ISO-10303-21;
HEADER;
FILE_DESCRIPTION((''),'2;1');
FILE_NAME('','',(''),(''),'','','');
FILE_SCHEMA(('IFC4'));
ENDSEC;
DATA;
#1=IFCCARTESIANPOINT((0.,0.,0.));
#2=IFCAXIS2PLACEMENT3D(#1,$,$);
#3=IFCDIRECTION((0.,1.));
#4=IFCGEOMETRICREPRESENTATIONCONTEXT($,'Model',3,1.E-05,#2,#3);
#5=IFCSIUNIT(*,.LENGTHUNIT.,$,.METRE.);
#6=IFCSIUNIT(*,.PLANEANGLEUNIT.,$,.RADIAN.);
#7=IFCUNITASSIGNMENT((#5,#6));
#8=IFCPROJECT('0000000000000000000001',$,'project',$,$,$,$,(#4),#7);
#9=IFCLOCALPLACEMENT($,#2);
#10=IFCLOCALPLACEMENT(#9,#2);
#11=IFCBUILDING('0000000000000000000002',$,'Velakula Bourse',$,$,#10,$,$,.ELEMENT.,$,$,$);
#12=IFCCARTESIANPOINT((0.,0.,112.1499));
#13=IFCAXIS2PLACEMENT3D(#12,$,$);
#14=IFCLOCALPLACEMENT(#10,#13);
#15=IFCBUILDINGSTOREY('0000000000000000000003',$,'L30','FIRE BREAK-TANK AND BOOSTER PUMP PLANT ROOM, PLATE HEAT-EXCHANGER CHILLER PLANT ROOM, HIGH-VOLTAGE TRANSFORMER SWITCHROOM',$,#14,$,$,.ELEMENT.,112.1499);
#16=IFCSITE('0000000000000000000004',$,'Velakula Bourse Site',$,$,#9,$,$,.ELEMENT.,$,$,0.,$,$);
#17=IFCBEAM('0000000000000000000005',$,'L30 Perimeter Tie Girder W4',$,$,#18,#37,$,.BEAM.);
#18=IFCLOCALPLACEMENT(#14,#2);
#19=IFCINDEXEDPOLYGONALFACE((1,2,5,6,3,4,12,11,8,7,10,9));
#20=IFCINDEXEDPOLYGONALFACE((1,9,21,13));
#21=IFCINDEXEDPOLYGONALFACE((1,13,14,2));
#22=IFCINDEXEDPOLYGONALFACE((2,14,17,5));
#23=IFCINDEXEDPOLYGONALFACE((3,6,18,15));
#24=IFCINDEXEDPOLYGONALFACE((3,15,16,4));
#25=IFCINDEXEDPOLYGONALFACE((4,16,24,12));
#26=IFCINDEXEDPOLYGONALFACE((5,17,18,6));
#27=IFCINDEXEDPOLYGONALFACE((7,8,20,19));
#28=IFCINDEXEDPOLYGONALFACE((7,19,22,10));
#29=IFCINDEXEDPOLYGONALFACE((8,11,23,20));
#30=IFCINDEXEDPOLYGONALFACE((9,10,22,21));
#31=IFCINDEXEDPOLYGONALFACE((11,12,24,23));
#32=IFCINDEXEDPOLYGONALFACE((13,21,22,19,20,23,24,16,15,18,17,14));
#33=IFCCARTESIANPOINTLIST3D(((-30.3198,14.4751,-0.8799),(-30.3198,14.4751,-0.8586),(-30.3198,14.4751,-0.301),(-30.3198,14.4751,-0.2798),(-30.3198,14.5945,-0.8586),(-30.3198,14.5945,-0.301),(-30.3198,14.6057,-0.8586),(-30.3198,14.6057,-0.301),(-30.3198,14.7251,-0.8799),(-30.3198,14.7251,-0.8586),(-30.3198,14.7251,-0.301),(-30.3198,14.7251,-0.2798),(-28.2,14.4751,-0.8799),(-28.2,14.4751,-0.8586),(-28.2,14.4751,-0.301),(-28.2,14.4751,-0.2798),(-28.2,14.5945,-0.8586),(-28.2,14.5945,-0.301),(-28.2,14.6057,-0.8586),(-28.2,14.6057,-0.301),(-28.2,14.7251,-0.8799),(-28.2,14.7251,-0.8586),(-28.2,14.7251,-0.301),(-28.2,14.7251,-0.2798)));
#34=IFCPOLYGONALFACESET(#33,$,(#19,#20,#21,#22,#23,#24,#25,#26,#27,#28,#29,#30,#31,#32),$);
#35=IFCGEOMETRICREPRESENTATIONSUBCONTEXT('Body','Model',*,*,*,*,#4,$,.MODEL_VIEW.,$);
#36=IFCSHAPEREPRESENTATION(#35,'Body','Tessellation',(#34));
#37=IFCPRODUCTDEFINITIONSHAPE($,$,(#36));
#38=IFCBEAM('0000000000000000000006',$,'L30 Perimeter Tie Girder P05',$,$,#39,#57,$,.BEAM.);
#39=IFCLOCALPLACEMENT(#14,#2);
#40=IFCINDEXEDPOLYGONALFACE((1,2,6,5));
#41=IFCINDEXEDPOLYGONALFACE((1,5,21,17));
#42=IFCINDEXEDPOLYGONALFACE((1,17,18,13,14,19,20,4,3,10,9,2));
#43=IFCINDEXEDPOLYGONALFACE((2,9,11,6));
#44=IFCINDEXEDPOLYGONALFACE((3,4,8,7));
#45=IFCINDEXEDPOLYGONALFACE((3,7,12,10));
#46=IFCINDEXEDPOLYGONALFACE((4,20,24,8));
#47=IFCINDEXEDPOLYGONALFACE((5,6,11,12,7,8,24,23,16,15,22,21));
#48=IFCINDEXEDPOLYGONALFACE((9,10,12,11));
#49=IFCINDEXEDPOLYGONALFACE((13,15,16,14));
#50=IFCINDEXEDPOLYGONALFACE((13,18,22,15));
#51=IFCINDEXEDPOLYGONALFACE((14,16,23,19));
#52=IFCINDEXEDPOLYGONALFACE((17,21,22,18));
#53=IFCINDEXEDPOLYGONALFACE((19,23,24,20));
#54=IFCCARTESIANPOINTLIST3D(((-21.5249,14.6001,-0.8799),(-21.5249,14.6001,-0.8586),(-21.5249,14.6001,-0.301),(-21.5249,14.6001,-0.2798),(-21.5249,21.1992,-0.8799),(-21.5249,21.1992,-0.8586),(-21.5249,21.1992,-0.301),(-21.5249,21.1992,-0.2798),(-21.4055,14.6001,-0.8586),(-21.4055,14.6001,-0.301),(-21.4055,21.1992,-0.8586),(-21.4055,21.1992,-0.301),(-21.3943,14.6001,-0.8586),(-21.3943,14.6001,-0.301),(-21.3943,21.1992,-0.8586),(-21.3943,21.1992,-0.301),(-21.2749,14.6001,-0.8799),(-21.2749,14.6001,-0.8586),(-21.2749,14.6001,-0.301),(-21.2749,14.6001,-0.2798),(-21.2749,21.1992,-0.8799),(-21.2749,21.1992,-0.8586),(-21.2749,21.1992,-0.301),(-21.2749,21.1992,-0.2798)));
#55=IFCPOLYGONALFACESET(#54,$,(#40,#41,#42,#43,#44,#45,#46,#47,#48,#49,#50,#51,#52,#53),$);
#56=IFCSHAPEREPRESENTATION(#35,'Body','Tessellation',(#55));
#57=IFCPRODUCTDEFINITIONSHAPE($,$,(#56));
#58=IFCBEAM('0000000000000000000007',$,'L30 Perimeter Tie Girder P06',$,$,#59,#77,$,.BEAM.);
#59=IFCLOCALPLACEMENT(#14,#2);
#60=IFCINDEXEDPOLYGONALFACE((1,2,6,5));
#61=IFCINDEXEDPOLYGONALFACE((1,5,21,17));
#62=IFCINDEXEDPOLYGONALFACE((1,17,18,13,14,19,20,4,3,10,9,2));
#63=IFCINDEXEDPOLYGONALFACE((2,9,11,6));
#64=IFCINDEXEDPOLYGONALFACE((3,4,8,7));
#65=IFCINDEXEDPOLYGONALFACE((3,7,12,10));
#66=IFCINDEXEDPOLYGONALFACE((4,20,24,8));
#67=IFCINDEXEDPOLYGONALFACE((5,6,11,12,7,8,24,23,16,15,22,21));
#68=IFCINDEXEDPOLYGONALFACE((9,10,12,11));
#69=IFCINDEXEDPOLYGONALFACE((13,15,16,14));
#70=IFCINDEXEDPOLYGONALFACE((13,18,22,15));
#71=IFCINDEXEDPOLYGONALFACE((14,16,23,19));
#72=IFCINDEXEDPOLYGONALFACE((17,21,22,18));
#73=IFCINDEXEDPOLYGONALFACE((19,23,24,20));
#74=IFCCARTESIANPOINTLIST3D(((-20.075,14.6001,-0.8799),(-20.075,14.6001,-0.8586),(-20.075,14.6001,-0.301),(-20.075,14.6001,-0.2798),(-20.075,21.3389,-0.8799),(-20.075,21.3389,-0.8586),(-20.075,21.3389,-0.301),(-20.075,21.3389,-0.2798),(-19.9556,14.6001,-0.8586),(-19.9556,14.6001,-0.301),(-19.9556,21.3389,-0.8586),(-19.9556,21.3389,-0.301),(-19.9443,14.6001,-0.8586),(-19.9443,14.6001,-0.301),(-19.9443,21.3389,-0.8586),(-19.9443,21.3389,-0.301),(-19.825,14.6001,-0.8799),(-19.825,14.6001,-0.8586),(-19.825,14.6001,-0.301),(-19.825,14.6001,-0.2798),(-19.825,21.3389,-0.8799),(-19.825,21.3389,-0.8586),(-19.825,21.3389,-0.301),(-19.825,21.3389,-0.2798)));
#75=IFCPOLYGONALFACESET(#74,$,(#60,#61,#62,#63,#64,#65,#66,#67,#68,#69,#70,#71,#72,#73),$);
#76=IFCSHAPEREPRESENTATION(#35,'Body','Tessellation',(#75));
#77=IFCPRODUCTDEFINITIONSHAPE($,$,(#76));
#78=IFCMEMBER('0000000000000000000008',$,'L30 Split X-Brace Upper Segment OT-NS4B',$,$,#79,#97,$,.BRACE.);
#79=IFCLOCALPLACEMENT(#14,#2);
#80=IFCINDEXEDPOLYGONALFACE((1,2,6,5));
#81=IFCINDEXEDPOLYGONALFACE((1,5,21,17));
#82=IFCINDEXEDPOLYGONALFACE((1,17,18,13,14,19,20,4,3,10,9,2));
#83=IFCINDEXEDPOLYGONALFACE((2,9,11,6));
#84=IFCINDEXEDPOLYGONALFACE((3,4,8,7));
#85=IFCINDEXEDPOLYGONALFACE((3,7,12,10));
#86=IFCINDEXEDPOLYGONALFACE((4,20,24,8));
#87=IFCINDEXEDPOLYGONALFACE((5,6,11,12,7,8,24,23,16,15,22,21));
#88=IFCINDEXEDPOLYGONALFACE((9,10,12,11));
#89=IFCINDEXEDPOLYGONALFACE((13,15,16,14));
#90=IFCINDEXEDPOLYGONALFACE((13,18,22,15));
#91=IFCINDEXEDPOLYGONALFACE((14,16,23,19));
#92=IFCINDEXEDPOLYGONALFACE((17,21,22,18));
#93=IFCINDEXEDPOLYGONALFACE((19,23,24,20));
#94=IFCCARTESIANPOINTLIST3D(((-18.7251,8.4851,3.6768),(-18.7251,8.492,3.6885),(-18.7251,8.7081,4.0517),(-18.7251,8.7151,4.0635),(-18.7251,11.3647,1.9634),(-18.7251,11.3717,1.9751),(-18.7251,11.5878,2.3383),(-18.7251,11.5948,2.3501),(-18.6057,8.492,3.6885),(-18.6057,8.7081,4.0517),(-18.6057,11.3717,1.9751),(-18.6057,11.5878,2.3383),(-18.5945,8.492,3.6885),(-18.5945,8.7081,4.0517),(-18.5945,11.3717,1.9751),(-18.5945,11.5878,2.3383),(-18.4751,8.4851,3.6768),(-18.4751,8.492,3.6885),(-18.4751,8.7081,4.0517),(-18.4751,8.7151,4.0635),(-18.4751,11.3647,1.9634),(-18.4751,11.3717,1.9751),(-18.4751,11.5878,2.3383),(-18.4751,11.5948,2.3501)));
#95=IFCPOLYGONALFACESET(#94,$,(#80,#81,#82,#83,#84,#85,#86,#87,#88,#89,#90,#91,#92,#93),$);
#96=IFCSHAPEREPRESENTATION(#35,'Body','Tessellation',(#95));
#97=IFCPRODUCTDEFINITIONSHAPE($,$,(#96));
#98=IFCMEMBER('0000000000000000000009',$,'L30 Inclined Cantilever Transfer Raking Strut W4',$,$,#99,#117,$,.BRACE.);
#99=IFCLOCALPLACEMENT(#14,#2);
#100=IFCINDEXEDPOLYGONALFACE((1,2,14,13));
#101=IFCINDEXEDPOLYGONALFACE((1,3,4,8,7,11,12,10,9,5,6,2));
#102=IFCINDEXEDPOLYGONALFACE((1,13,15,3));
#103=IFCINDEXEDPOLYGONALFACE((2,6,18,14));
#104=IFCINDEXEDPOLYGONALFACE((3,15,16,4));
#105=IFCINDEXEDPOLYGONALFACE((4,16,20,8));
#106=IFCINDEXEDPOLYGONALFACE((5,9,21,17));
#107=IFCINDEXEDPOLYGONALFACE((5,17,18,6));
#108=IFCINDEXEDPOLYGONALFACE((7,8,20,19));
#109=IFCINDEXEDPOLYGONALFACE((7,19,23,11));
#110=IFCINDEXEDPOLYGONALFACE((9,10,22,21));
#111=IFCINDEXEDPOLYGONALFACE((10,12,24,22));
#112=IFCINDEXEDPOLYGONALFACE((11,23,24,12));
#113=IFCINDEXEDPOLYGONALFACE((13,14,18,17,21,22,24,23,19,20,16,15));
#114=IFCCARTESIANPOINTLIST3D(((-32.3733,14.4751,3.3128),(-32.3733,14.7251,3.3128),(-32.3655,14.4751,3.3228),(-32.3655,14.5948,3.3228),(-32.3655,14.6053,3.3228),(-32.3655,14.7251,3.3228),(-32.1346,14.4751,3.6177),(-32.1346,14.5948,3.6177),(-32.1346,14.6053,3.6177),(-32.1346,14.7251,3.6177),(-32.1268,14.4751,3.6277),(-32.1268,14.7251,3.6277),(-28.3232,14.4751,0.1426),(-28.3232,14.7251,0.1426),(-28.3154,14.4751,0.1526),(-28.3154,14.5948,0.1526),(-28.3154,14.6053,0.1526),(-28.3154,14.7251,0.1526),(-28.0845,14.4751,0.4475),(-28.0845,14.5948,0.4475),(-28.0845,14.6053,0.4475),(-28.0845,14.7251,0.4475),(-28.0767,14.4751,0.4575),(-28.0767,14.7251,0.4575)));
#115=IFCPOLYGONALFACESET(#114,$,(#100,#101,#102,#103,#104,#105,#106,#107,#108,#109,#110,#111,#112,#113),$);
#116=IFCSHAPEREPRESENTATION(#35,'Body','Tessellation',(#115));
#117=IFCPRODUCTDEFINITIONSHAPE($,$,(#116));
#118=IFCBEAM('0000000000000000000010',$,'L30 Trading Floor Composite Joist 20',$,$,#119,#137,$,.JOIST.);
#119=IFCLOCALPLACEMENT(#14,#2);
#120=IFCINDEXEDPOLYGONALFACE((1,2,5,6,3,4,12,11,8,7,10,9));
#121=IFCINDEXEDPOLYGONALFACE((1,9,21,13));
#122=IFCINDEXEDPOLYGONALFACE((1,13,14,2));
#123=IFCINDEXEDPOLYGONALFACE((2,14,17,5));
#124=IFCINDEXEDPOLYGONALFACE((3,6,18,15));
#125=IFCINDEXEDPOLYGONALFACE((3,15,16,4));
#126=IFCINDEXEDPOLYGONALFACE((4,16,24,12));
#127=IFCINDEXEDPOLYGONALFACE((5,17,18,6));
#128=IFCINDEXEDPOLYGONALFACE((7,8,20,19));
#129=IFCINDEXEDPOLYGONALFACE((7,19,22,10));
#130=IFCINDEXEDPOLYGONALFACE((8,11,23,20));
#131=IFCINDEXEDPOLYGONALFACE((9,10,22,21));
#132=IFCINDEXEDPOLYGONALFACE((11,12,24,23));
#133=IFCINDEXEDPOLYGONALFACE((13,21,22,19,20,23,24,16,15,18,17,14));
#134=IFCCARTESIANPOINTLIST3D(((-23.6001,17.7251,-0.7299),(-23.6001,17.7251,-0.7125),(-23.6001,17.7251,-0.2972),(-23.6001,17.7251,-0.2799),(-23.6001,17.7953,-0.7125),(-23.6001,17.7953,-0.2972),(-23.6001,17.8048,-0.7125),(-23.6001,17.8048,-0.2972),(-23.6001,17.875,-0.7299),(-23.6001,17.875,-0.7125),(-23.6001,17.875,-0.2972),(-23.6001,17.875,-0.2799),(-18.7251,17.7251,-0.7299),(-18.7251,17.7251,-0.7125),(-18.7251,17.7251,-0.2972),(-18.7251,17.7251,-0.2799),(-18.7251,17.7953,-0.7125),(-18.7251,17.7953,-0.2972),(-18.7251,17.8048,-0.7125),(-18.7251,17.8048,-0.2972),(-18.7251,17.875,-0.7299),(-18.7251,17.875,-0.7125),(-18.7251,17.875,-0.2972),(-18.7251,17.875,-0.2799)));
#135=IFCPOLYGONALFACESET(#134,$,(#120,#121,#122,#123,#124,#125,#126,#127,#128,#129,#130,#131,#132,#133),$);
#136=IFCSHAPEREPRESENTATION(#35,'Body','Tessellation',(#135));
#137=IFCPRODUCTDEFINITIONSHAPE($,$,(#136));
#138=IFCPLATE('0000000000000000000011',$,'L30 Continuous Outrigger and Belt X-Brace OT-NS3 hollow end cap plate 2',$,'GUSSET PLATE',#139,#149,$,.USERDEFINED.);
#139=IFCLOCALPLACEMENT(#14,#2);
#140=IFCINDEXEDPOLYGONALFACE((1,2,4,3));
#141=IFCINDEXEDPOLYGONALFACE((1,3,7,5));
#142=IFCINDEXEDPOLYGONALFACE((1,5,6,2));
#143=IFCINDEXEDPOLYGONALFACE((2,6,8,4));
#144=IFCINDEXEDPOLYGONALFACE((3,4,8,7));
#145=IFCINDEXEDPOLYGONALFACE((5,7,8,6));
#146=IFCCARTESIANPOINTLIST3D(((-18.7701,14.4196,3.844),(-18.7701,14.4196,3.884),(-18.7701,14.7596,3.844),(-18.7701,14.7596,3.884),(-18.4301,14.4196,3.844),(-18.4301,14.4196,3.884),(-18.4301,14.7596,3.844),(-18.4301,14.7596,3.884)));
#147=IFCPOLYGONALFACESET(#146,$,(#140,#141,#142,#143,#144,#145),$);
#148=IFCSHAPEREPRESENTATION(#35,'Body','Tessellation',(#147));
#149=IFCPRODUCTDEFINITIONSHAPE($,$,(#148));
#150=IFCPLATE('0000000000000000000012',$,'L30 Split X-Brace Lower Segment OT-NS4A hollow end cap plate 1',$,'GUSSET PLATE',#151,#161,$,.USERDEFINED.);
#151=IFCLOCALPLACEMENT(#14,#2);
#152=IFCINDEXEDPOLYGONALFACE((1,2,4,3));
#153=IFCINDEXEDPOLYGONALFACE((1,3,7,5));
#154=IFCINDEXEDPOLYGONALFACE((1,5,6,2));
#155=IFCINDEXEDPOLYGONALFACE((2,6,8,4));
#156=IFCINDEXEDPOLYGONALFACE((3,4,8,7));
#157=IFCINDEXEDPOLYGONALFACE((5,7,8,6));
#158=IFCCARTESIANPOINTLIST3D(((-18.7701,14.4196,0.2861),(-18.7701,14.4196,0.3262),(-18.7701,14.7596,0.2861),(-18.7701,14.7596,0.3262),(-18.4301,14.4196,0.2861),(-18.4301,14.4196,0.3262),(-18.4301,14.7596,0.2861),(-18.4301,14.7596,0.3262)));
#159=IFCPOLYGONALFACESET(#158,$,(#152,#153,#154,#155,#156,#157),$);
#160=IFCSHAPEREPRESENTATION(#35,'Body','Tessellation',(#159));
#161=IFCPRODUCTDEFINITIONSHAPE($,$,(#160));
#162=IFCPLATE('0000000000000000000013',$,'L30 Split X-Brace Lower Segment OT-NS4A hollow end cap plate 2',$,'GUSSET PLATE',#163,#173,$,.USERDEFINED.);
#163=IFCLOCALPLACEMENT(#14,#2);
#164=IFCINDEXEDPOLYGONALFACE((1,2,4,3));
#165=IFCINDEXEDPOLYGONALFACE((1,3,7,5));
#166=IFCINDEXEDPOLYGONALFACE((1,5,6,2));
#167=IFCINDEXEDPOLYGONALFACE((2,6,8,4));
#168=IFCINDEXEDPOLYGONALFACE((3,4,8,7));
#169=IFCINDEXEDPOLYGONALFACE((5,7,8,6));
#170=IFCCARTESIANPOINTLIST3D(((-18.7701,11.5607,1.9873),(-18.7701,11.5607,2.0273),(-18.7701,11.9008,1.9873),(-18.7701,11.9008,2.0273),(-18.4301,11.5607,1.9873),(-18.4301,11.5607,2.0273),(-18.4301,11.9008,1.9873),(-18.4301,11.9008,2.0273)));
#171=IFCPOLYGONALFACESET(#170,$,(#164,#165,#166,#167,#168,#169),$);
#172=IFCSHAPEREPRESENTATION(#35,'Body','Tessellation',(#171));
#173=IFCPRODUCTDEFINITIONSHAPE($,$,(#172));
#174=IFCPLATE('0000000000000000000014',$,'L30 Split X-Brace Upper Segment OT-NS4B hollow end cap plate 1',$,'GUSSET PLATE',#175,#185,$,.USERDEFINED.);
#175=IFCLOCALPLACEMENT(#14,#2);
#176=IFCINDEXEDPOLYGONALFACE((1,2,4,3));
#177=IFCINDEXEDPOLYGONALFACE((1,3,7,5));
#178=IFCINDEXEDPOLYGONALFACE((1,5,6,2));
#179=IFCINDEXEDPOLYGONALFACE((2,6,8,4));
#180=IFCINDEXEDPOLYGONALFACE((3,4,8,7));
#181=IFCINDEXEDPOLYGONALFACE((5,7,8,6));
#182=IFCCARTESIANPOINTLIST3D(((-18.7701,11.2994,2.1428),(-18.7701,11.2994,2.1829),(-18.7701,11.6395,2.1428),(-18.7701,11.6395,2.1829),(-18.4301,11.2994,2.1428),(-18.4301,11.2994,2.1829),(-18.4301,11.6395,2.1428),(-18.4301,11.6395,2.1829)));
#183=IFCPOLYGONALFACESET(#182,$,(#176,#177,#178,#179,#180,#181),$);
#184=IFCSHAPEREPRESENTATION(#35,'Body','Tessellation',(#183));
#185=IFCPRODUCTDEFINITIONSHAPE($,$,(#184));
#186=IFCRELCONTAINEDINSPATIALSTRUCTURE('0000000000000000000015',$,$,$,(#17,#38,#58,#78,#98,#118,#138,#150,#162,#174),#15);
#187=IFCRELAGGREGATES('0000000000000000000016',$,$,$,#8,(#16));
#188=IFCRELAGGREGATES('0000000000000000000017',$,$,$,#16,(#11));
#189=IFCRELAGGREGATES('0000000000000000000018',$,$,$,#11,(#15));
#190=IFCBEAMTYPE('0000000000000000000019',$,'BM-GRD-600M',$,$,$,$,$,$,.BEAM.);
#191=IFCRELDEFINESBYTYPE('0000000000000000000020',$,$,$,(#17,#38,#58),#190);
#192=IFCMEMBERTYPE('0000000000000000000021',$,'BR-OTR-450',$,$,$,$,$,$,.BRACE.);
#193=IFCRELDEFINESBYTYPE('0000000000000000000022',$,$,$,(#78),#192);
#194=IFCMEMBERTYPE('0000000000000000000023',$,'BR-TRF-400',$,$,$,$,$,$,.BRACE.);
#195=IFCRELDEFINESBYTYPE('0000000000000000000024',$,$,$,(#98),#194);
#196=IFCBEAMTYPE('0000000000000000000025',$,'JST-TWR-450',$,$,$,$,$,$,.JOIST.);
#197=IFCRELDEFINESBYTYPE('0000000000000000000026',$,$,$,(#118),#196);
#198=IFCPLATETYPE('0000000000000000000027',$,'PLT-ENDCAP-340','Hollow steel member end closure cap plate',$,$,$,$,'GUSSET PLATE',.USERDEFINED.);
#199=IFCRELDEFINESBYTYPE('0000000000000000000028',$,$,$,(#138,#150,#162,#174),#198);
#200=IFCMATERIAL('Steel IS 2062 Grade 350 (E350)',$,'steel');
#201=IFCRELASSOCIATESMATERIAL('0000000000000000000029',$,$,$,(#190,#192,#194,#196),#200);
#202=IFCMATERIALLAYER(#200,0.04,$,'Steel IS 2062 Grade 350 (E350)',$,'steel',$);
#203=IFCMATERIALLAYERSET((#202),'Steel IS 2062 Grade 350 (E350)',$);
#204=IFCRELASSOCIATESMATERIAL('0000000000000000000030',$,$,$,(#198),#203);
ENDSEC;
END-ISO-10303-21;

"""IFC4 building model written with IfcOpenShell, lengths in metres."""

from ifc_helpers import new_model, si_unit, direction, frame, origin, origin_2d, place, context, subcontext, project, spatial, rectangle, i_section, extrude, material, layer, layer_set, material_profile, profile_set, type_object, element, save


model = new_model("IFC4")

# Units and contexts
model_context = context("Model", 3, precision=1e-05, world=origin(), true_north=direction((0.0, 1.0)))
body_context = subcontext(model_context, "Body", "Model", "MODEL_VIEW")
ifc_project = project(units=[si_unit("LENGTHUNIT", "METRE"), si_unit("PLANEANGLEUNIT", "RADIAN")], contexts=[model_context])

# Site, building, storey
site_placement = place(None, origin())
site = spatial("IfcSite", under=ifc_project, at=site_placement, Name="Velakula Bourse Site", CompositionType="ELEMENT", RefElevation=0.0)
building_placement = place(site_placement, origin())
building = spatial("IfcBuilding", under=site, at=building_placement, Name="Velakula Bourse", CompositionType="ELEMENT")
storey_placement = place(building_placement, frame((0.0, 0.0, 112.1499)))
storey = spatial("IfcBuildingStorey", under=building, at=storey_placement, Name="L30", Description="FIRE BREAK-TANK AND BOOSTER PUMP PLANT ROOM, PLATE HEAT-EXCHANGER CHILLER PLANT ROOM, HIGH-VOLTAGE TRANSFORMER SWITCHROOM", CompositionType="ELEMENT", Elevation=112.1499)

# Beams
ifc_material_1 = material(Name="Steel IS 2062 Grade 350 (E350)", Category="steel")
ifc_material_profile_1 = material_profile(ifc_material_1, i_section(OverallWidth=0.25, OverallDepth=0.6001, WebThickness=0.0112, FlangeThickness=0.0212, at=origin_2d()), Name="Steel IS 2062 Grade 350 (E350)")
ifc_profile_set_1 = profile_set([ifc_material_profile_1], Name="Steel IS 2062 Grade 350 (E350)")
beam_type_1 = type_object("IfcBeamType", Name="BM-GRD-600M", PredefinedType="BEAM", material=ifc_profile_set_1)
beam_1_placement = place(storey_placement, frame((-28.2, 14.6001, -0.5798), z_axis=(-1.0, 0.0, 0.0), x_axis=(0.0, -1.0, 0.0)))
element("IfcBeam", 1, at=beam_1_placement, inside=storey, type_object=beam_type_1, Name="L30 Perimeter Tie Girder W4", PredefinedType="BEAM", context=body_context, shape_type="SweptSolid", body=[
    extrude(i_section(OverallWidth=0.25, OverallDepth=0.6001, WebThickness=0.0112, FlangeThickness=0.0212, at=origin_2d()), origin(), (0.0, 0.0, 1.0), 2.1199),
])
beam_2_placement = place(storey_placement, frame((-21.3999, 14.6001, -0.5798), z_axis=(0.0, 1.0, 0.0), x_axis=(-1.0, 0.0, 0.0)))
element("IfcBeam", 2, at=beam_2_placement, inside=storey, type_object=beam_type_1, Name="L30 Perimeter Tie Girder P05", PredefinedType="BEAM", context=body_context, shape_type="SweptSolid", body=[
    extrude(i_section(OverallWidth=0.25, OverallDepth=0.6001, WebThickness=0.0112, FlangeThickness=0.0212, at=origin_2d()), origin(), (0.0, 0.0, 1.0), 6.5991),
])
beam_3_placement = place(storey_placement, frame((-19.95, 14.6001, -0.5798), z_axis=(0.0, 1.0, 0.0), x_axis=(-1.0, 0.0, 0.0)))
element("IfcBeam", 3, at=beam_3_placement, inside=storey, type_object=beam_type_1, Name="L30 Perimeter Tie Girder P06", PredefinedType="BEAM", context=body_context, shape_type="SweptSolid", body=[
    extrude(i_section(OverallWidth=0.25, OverallDepth=0.6001, WebThickness=0.0112, FlangeThickness=0.0212, at=origin_2d()), origin(), (0.0, 0.0, 1.0), 6.7388),
])

# Members
ifc_material_profile_2 = material_profile(ifc_material_1, i_section(OverallWidth=0.25, OverallDepth=0.45, WebThickness=0.0112, FlangeThickness=0.0137, at=origin_2d()), Name="Steel IS 2062 Grade 350 (E350)")
ifc_profile_set_2 = profile_set([ifc_material_profile_2], Name="Steel IS 2062 Grade 350 (E350)")
member_type_1 = type_object("IfcMemberType", Name="BR-OTR-450", PredefinedType="BRACE", material=ifc_profile_set_2)
member_1_placement = place(storey_placement, frame((-18.6001, 11.4797, 2.1567), z_axis=(0.0, -0.859384, 0.511331), x_axis=(1.0, 0.0, 0.0)))
element("IfcMember", 4, at=member_1_placement, inside=storey, type_object=member_type_1, Name="L30 Split X-Brace Upper Segment OT-NS4B", PredefinedType="BRACE", context=body_context, shape_type="SweptSolid", body=[
    extrude(i_section(OverallWidth=0.25, OverallDepth=0.45, WebThickness=0.0112, FlangeThickness=0.0137, at=origin_2d()), origin(), (0.0, 0.0, 1.0), 3.3508),
])
ifc_material_profile_3 = material_profile(ifc_material_1, i_section(OverallWidth=0.25, OverallDepth=0.3999, WebThickness=0.0105, FlangeThickness=0.0127, at=origin_2d()), Name="Steel IS 2062 Grade 350 (E350)")
ifc_profile_set_3 = profile_set([ifc_material_profile_3], Name="Steel IS 2062 Grade 350 (E350)")
member_type_2 = type_object("IfcMemberType", Name="BR-TRF-400", PredefinedType="BRACE", material=ifc_profile_set_3)
member_2_placement = place(storey_placement, frame((-28.2, 14.6001, 0.3), z_axis=(-0.787452, 0.0, 0.616376), x_axis=(0.0, -1.0, 0.0)))
element("IfcMember", 5, at=member_2_placement, inside=storey, type_object=member_type_2, Name="L30 Inclined Cantilever Transfer Raking Strut W4", PredefinedType="BRACE", context=body_context, shape_type="SweptSolid", body=[
    extrude(i_section(OverallWidth=0.25, OverallDepth=0.3999, WebThickness=0.0105, FlangeThickness=0.0127, at=origin_2d()), origin(), (0.0, 0.0, 1.0), 5.1433),
])

# Beam
ifc_material_profile_4 = material_profile(ifc_material_1, i_section(OverallWidth=0.1499, OverallDepth=0.45, WebThickness=0.0095, FlangeThickness=0.0173, at=origin_2d()), Name="Steel IS 2062 Grade 350 (E350)")
ifc_profile_set_4 = profile_set([ifc_material_profile_4], Name="Steel IS 2062 Grade 350 (E350)")
beam_type_2 = type_object("IfcBeamType", Name="JST-TWR-450", PredefinedType="JOIST", material=ifc_profile_set_4)
beam_4_placement = place(storey_placement, frame((-23.6001, 17.8, -0.5049), z_axis=(1.0, 0.0, 0.0), x_axis=(0.0, 1.0, 0.0)))
element("IfcBeam", 6, at=beam_4_placement, inside=storey, type_object=beam_type_2, Name="L30 Trading Floor Composite Joist 20", PredefinedType="JOIST", context=body_context, shape_type="SweptSolid", body=[
    extrude(i_section(OverallWidth=0.1499, OverallDepth=0.45, WebThickness=0.0095, FlangeThickness=0.0173, at=origin_2d()), origin(), (0.0, 0.0, 1.0), 4.875),
])

# Plates
ifc_layer_1 = layer(ifc_material_1, 0.04, Name="Steel IS 2062 Grade 350 (E350)", Category="steel")
ifc_layer_set_1 = layer_set([ifc_layer_1], Name="Steel IS 2062 Grade 350 (E350)")
plate_type_1 = type_object("IfcPlateType", Name="PLT-ENDCAP-340", Description="Hollow steel member end closure cap plate", ElementType="GUSSET PLATE", PredefinedType="USERDEFINED", material=ifc_layer_set_1)
for number, where, z_axis, x_axis, name in (
    (7, (-18.6001, 14.5896, 3.844), (0.0, 0.0, 1.0), (0.0, 1.0, 0.0), "L30 Continuous Outrigger and Belt X-Brace OT-NS3 hollow end cap plate 2"),
    (8, (-18.6001, 14.5896, 0.2861), (0.0, 0.0, 1.0), (0.0, -1.0, 0.0), "L30 Split X-Brace Lower Segment OT-NS4A hollow end cap plate 1"),
    (9, (-18.6001, 11.7307, 1.9873), (0.0, 0.0, 1.0), (0.0, -1.0, 0.0), "L30 Split X-Brace Lower Segment OT-NS4A hollow end cap plate 2"),
    (10, (-18.6001, 11.4695, 2.1428), (0.0, 0.0, 1.0), (0.0, -1.0, 0.0), "L30 Split X-Brace Upper Segment OT-NS4B hollow end cap plate 1"),
):
    element("IfcPlate", number, at=place(storey_placement, frame(where, z_axis=z_axis, x_axis=x_axis)), inside=storey, type_object=plate_type_1, Name=name, ObjectType="GUSSET PLATE", PredefinedType="USERDEFINED", context=body_context, shape_type="SweptSolid", body=[
        extrude(rectangle(XDim=0.3401, YDim=0.3401, at=origin_2d()), origin(), (0.0, 0.0, 1.0), 0.04),
    ])

save(model, "model.ifc")
